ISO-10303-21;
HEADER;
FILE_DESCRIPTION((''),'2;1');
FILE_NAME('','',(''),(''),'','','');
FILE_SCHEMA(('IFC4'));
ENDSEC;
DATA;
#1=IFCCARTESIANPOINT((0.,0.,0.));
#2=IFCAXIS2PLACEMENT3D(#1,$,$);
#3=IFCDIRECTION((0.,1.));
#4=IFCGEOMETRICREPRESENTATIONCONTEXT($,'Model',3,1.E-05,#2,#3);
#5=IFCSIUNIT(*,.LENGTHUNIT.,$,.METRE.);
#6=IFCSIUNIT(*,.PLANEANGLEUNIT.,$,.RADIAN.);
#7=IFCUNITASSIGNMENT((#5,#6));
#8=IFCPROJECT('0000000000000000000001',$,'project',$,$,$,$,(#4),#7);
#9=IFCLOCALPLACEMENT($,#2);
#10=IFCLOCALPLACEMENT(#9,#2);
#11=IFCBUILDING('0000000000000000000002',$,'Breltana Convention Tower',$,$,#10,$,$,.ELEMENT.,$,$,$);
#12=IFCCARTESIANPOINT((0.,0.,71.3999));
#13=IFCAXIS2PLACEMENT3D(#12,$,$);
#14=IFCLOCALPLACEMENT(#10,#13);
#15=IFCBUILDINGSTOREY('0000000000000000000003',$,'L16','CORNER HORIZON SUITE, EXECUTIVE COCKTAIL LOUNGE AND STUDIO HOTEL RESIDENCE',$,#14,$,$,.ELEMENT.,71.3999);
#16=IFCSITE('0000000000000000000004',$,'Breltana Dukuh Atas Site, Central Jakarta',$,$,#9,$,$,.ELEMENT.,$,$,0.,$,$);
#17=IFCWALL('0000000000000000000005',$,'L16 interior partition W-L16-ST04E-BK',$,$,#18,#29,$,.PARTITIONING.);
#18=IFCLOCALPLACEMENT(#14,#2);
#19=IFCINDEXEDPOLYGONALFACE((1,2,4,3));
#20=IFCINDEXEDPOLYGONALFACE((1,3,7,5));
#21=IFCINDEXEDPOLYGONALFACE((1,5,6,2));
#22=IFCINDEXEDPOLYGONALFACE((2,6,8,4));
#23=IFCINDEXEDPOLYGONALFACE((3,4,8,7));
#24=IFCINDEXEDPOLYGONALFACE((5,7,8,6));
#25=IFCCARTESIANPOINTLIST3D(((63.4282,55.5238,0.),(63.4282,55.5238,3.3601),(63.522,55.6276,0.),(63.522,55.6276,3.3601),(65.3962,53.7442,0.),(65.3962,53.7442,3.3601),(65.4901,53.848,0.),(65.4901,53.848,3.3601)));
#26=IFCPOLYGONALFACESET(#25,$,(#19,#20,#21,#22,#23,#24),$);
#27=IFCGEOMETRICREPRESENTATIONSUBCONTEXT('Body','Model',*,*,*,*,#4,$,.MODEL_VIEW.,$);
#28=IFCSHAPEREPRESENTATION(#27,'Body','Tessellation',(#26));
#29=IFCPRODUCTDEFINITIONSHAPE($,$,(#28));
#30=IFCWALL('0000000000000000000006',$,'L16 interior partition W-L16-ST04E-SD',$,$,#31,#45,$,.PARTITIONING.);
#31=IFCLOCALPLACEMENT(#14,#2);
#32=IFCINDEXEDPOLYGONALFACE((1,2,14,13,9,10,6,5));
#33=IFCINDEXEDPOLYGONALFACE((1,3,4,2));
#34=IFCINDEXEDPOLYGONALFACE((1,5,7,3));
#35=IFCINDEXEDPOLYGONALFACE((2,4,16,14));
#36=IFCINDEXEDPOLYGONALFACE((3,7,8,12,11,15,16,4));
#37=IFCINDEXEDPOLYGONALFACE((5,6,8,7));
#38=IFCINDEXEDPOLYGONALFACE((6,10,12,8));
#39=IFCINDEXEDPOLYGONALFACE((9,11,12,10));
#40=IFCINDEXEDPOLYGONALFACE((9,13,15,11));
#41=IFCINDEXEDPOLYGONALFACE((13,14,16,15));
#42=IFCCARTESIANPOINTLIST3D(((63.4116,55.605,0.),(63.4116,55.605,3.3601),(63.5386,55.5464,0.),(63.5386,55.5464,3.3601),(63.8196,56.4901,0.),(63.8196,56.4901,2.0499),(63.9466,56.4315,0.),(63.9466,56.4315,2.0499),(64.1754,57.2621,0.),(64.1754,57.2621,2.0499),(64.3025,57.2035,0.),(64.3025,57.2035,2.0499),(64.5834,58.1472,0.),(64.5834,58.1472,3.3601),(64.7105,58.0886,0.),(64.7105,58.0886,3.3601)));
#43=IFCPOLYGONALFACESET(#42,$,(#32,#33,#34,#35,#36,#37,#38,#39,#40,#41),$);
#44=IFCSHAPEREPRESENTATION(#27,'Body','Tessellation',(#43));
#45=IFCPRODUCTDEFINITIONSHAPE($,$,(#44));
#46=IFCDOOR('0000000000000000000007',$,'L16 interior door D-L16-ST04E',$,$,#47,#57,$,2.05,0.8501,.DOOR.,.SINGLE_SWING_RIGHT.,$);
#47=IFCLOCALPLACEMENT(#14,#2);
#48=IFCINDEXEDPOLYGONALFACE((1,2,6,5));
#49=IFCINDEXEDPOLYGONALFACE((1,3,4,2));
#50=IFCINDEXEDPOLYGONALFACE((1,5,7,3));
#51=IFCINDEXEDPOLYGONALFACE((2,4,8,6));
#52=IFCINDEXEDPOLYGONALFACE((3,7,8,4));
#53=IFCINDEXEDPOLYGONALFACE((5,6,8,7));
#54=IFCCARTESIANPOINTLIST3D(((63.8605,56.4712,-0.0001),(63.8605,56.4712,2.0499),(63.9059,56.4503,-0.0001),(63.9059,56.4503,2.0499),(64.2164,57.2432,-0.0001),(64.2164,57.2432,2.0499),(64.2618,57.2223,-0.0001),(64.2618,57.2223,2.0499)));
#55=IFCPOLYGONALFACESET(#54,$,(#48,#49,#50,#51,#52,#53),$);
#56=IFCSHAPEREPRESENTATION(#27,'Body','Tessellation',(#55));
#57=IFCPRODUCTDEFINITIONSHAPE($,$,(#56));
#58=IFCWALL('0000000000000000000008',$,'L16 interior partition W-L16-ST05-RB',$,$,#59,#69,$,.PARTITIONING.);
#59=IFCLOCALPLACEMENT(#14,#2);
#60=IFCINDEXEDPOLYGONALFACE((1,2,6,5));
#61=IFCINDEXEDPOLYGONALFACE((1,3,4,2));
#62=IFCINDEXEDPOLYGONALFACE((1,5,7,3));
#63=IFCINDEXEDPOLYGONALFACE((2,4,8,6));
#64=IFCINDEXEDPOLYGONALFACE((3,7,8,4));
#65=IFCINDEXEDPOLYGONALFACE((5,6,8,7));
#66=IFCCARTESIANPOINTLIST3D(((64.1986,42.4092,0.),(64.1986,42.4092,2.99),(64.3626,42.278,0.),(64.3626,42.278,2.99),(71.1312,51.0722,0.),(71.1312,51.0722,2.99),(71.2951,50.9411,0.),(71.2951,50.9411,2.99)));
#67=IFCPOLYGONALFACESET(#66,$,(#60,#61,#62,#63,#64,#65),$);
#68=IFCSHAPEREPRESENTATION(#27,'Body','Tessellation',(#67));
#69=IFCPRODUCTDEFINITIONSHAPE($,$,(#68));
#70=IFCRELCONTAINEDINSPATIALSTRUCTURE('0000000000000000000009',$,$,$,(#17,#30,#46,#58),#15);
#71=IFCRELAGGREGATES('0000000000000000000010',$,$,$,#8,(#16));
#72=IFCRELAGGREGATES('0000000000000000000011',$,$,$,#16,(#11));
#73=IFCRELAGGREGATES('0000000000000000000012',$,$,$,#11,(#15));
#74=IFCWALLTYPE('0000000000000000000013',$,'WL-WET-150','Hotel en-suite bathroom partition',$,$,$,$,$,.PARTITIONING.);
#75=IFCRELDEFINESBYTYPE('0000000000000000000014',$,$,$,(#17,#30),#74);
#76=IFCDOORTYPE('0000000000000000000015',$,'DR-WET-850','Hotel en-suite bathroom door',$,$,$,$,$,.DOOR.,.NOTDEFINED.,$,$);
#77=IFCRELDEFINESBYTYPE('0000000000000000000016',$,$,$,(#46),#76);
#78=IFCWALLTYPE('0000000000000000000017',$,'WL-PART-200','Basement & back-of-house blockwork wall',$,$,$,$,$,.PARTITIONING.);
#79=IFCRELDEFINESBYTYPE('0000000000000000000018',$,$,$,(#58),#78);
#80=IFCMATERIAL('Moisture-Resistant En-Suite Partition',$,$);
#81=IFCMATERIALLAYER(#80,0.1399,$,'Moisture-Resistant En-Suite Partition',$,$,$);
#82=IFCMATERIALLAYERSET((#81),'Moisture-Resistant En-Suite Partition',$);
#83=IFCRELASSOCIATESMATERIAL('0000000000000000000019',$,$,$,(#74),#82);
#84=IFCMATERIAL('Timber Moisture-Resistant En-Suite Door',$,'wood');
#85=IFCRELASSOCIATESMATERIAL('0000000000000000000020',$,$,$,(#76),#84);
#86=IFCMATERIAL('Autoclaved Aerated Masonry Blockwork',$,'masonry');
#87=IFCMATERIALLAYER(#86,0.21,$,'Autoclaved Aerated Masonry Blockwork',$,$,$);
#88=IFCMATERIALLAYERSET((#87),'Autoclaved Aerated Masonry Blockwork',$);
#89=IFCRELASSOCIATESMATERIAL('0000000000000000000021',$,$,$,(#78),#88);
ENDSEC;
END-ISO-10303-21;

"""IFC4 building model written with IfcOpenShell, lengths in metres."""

from ifc_helpers import new_model, si_unit, direction, frame, frame_2d, origin, place, context, subcontext, project, spatial, rectangle, extrude, source, transform, mapped, material, layer, layer_set, type_object, type_shapes, element, fill, save


model = new_model("IFC4")

# Units and contexts
model_context = context("Model", 3, precision=1e-05, world=origin(), true_north=direction((0.0, 1.0)))
body_context = subcontext(model_context, "Body", "Model", "MODEL_VIEW")
ifc_project = project(units=[si_unit("LENGTHUNIT", "METRE"), si_unit("PLANEANGLEUNIT", "RADIAN")], contexts=[model_context])

# Site, building, storey
site_placement = place(None, origin())
site = spatial("IfcSite", under=ifc_project, at=site_placement, Name="Breltana Dukuh Atas Site, Central Jakarta", CompositionType="ELEMENT", RefElevation=0.0)
building_placement = place(site_placement, origin())
building = spatial("IfcBuilding", under=site, at=building_placement, Name="Breltana Convention Tower", CompositionType="ELEMENT")
storey_placement = place(building_placement, frame((0.0, 0.0, 71.3999)))
storey = spatial("IfcBuildingStorey", under=building, at=storey_placement, Name="L16", Description="CORNER HORIZON SUITE, EXECUTIVE COCKTAIL LOUNGE AND STUDIO HOTEL RESIDENCE", CompositionType="ELEMENT", Elevation=71.3999)

# Wall
ifc_material_1 = material(Name="Moisture-Resistant En-Suite Partition")
ifc_layer_1 = layer(ifc_material_1, 0.1399, Name="Moisture-Resistant En-Suite Partition")
ifc_layer_set_1 = layer_set([ifc_layer_1], Name="Moisture-Resistant En-Suite Partition")
wall_type_1 = type_object("IfcWallType", Name="WL-WET-150", Description="Hotel en-suite bathroom partition", PredefinedType="PARTITIONING", material=ifc_layer_set_1)
shared_shape_1 = source(origin(), body_context, "Body", "SweptSolid", [
    extrude(rectangle(XDim=2.6533, YDim=0.1399, at=frame_2d((1.3267, 0.0))), origin(), (0.0, 0.0, 1.0), 3.3601),
])
wall_1_placement = place(storey_placement, frame((63.4751, 55.5757, 0.0), z_axis=(0.0, 0.0, 1.0), x_axis=(0.741732, -0.670696, 0.0)))
element("IfcWall", 1, at=wall_1_placement, inside=storey, type_object=wall_type_1, Name="L16 interior partition W-L16-ST04E-BK", PredefinedType="PARTITIONING", context=body_context, shape_type="MappedRepresentation", body=[
    mapped(shared_shape_1, transform((0.0, 0.0, 0.0), scale=1.0)),
])

# Wall, opening, door
shared_shape_2 = source(origin(), body_context, "Body", "SweptSolid", [
    extrude(rectangle(XDim=2.7993, YDim=0.1399, at=frame_2d((1.3997, 0.0))), origin(), (0.0, 0.0, 1.0), 3.3601),
])
wall_2_placement = place(storey_placement, frame((63.4751, 55.5757, 0.0), z_axis=(0.0, 0.0, 1.0), x_axis=(0.418627, 0.908158, 0.0)))
wall_2 = element("IfcWall", 2, at=wall_2_placement, inside=storey, type_object=wall_type_1, Name="L16 interior partition W-L16-ST04E-SD", PredefinedType="PARTITIONING", context=body_context, shape_type="MappedRepresentation", body=[
    mapped(shared_shape_2, transform((0.0, 0.0, 0.0), scale=1.0)),
])
opening_placement = place(wall_2_placement, frame((0.9746, 0.0, 0.0)))
opening = element("IfcOpeningElement", 3, at=opening_placement, cuts=wall_2, PredefinedType="OPENING", context=body_context, shape_type="SweptSolid", body=[
    extrude(rectangle(XDim=0.8501, YDim=2.05, at=frame_2d((0.425, 1.0249))), frame((0.0, 0.0801, 0.0), z_axis=(0.0, -1.0, 0.0), x_axis=(1.0, 0.0, 0.0)), (0.0, 0.0, 1.0), 0.1599),
])
ifc_material_2 = material(Name="Timber Moisture-Resistant En-Suite Door", Category="wood")
door_type = type_object("IfcDoorType", Name="DR-WET-850", Description="Hotel en-suite bathroom door", OperationType="NOTDEFINED", PredefinedType="DOOR", material=ifc_material_2)
shared_shape_3 = source(origin(), body_context, "Body", "SweptSolid", [
    extrude(rectangle(XDim=0.8501, YDim=2.05, at=frame_2d((0.425, 1.0249))), frame((0.0, 0.0249, 0.0), z_axis=(0.0, -1.0, 0.0), x_axis=(1.0, 0.0, 0.0)), (0.0, 0.0, 1.0), 0.05),
])
type_shapes(door_type, [shared_shape_3])
door_placement = place(opening_placement, origin())
door = element("IfcDoor", 4, at=door_placement, inside=storey, type_object=door_type, Name="L16 interior door D-L16-ST04E", OperationType="SINGLE_SWING_RIGHT", OverallHeight=2.05, OverallWidth=0.8501, PredefinedType="DOOR", context=body_context, shape_type="MappedRepresentation", body=[
    mapped(shared_shape_3, transform((0.0, 0.0, 0.0), scale=1.0)),
])
fill(opening, door)

# Wall
ifc_material_3 = material(Name="Autoclaved Aerated Masonry Blockwork", Category="masonry")
ifc_layer_2 = layer(ifc_material_3, 0.21, Name="Autoclaved Aerated Masonry Blockwork")
ifc_layer_set_2 = layer_set([ifc_layer_2], Name="Autoclaved Aerated Masonry Blockwork")
wall_type_2 = type_object("IfcWallType", Name="WL-PART-200", Description="Basement & back-of-house blockwork wall", PredefinedType="PARTITIONING", material=ifc_layer_set_2)
shared_shape_4 = source(origin(), body_context, "Body", "SweptSolid", [
    extrude(rectangle(XDim=11.0955, YDim=0.21, at=frame_2d((5.5479, 0.0))), origin(), (0.0, 0.0, 1.0), 2.99),
])
wall_3_placement = place(storey_placement, frame((64.2805, 42.3435, 0.0), z_axis=(0.0, 0.0, 1.0), x_axis=(0.624813, 0.780774, 0.0)))
element("IfcWall", 5, at=wall_3_placement, inside=storey, type_object=wall_type_2, Name="L16 interior partition W-L16-ST05-RB", PredefinedType="PARTITIONING", context=body_context, shape_type="MappedRepresentation", body=[
    mapped(shared_shape_4, transform((0.0, 0.0, 0.0), scale=1.0)),
])

save(model, "model.ifc")
